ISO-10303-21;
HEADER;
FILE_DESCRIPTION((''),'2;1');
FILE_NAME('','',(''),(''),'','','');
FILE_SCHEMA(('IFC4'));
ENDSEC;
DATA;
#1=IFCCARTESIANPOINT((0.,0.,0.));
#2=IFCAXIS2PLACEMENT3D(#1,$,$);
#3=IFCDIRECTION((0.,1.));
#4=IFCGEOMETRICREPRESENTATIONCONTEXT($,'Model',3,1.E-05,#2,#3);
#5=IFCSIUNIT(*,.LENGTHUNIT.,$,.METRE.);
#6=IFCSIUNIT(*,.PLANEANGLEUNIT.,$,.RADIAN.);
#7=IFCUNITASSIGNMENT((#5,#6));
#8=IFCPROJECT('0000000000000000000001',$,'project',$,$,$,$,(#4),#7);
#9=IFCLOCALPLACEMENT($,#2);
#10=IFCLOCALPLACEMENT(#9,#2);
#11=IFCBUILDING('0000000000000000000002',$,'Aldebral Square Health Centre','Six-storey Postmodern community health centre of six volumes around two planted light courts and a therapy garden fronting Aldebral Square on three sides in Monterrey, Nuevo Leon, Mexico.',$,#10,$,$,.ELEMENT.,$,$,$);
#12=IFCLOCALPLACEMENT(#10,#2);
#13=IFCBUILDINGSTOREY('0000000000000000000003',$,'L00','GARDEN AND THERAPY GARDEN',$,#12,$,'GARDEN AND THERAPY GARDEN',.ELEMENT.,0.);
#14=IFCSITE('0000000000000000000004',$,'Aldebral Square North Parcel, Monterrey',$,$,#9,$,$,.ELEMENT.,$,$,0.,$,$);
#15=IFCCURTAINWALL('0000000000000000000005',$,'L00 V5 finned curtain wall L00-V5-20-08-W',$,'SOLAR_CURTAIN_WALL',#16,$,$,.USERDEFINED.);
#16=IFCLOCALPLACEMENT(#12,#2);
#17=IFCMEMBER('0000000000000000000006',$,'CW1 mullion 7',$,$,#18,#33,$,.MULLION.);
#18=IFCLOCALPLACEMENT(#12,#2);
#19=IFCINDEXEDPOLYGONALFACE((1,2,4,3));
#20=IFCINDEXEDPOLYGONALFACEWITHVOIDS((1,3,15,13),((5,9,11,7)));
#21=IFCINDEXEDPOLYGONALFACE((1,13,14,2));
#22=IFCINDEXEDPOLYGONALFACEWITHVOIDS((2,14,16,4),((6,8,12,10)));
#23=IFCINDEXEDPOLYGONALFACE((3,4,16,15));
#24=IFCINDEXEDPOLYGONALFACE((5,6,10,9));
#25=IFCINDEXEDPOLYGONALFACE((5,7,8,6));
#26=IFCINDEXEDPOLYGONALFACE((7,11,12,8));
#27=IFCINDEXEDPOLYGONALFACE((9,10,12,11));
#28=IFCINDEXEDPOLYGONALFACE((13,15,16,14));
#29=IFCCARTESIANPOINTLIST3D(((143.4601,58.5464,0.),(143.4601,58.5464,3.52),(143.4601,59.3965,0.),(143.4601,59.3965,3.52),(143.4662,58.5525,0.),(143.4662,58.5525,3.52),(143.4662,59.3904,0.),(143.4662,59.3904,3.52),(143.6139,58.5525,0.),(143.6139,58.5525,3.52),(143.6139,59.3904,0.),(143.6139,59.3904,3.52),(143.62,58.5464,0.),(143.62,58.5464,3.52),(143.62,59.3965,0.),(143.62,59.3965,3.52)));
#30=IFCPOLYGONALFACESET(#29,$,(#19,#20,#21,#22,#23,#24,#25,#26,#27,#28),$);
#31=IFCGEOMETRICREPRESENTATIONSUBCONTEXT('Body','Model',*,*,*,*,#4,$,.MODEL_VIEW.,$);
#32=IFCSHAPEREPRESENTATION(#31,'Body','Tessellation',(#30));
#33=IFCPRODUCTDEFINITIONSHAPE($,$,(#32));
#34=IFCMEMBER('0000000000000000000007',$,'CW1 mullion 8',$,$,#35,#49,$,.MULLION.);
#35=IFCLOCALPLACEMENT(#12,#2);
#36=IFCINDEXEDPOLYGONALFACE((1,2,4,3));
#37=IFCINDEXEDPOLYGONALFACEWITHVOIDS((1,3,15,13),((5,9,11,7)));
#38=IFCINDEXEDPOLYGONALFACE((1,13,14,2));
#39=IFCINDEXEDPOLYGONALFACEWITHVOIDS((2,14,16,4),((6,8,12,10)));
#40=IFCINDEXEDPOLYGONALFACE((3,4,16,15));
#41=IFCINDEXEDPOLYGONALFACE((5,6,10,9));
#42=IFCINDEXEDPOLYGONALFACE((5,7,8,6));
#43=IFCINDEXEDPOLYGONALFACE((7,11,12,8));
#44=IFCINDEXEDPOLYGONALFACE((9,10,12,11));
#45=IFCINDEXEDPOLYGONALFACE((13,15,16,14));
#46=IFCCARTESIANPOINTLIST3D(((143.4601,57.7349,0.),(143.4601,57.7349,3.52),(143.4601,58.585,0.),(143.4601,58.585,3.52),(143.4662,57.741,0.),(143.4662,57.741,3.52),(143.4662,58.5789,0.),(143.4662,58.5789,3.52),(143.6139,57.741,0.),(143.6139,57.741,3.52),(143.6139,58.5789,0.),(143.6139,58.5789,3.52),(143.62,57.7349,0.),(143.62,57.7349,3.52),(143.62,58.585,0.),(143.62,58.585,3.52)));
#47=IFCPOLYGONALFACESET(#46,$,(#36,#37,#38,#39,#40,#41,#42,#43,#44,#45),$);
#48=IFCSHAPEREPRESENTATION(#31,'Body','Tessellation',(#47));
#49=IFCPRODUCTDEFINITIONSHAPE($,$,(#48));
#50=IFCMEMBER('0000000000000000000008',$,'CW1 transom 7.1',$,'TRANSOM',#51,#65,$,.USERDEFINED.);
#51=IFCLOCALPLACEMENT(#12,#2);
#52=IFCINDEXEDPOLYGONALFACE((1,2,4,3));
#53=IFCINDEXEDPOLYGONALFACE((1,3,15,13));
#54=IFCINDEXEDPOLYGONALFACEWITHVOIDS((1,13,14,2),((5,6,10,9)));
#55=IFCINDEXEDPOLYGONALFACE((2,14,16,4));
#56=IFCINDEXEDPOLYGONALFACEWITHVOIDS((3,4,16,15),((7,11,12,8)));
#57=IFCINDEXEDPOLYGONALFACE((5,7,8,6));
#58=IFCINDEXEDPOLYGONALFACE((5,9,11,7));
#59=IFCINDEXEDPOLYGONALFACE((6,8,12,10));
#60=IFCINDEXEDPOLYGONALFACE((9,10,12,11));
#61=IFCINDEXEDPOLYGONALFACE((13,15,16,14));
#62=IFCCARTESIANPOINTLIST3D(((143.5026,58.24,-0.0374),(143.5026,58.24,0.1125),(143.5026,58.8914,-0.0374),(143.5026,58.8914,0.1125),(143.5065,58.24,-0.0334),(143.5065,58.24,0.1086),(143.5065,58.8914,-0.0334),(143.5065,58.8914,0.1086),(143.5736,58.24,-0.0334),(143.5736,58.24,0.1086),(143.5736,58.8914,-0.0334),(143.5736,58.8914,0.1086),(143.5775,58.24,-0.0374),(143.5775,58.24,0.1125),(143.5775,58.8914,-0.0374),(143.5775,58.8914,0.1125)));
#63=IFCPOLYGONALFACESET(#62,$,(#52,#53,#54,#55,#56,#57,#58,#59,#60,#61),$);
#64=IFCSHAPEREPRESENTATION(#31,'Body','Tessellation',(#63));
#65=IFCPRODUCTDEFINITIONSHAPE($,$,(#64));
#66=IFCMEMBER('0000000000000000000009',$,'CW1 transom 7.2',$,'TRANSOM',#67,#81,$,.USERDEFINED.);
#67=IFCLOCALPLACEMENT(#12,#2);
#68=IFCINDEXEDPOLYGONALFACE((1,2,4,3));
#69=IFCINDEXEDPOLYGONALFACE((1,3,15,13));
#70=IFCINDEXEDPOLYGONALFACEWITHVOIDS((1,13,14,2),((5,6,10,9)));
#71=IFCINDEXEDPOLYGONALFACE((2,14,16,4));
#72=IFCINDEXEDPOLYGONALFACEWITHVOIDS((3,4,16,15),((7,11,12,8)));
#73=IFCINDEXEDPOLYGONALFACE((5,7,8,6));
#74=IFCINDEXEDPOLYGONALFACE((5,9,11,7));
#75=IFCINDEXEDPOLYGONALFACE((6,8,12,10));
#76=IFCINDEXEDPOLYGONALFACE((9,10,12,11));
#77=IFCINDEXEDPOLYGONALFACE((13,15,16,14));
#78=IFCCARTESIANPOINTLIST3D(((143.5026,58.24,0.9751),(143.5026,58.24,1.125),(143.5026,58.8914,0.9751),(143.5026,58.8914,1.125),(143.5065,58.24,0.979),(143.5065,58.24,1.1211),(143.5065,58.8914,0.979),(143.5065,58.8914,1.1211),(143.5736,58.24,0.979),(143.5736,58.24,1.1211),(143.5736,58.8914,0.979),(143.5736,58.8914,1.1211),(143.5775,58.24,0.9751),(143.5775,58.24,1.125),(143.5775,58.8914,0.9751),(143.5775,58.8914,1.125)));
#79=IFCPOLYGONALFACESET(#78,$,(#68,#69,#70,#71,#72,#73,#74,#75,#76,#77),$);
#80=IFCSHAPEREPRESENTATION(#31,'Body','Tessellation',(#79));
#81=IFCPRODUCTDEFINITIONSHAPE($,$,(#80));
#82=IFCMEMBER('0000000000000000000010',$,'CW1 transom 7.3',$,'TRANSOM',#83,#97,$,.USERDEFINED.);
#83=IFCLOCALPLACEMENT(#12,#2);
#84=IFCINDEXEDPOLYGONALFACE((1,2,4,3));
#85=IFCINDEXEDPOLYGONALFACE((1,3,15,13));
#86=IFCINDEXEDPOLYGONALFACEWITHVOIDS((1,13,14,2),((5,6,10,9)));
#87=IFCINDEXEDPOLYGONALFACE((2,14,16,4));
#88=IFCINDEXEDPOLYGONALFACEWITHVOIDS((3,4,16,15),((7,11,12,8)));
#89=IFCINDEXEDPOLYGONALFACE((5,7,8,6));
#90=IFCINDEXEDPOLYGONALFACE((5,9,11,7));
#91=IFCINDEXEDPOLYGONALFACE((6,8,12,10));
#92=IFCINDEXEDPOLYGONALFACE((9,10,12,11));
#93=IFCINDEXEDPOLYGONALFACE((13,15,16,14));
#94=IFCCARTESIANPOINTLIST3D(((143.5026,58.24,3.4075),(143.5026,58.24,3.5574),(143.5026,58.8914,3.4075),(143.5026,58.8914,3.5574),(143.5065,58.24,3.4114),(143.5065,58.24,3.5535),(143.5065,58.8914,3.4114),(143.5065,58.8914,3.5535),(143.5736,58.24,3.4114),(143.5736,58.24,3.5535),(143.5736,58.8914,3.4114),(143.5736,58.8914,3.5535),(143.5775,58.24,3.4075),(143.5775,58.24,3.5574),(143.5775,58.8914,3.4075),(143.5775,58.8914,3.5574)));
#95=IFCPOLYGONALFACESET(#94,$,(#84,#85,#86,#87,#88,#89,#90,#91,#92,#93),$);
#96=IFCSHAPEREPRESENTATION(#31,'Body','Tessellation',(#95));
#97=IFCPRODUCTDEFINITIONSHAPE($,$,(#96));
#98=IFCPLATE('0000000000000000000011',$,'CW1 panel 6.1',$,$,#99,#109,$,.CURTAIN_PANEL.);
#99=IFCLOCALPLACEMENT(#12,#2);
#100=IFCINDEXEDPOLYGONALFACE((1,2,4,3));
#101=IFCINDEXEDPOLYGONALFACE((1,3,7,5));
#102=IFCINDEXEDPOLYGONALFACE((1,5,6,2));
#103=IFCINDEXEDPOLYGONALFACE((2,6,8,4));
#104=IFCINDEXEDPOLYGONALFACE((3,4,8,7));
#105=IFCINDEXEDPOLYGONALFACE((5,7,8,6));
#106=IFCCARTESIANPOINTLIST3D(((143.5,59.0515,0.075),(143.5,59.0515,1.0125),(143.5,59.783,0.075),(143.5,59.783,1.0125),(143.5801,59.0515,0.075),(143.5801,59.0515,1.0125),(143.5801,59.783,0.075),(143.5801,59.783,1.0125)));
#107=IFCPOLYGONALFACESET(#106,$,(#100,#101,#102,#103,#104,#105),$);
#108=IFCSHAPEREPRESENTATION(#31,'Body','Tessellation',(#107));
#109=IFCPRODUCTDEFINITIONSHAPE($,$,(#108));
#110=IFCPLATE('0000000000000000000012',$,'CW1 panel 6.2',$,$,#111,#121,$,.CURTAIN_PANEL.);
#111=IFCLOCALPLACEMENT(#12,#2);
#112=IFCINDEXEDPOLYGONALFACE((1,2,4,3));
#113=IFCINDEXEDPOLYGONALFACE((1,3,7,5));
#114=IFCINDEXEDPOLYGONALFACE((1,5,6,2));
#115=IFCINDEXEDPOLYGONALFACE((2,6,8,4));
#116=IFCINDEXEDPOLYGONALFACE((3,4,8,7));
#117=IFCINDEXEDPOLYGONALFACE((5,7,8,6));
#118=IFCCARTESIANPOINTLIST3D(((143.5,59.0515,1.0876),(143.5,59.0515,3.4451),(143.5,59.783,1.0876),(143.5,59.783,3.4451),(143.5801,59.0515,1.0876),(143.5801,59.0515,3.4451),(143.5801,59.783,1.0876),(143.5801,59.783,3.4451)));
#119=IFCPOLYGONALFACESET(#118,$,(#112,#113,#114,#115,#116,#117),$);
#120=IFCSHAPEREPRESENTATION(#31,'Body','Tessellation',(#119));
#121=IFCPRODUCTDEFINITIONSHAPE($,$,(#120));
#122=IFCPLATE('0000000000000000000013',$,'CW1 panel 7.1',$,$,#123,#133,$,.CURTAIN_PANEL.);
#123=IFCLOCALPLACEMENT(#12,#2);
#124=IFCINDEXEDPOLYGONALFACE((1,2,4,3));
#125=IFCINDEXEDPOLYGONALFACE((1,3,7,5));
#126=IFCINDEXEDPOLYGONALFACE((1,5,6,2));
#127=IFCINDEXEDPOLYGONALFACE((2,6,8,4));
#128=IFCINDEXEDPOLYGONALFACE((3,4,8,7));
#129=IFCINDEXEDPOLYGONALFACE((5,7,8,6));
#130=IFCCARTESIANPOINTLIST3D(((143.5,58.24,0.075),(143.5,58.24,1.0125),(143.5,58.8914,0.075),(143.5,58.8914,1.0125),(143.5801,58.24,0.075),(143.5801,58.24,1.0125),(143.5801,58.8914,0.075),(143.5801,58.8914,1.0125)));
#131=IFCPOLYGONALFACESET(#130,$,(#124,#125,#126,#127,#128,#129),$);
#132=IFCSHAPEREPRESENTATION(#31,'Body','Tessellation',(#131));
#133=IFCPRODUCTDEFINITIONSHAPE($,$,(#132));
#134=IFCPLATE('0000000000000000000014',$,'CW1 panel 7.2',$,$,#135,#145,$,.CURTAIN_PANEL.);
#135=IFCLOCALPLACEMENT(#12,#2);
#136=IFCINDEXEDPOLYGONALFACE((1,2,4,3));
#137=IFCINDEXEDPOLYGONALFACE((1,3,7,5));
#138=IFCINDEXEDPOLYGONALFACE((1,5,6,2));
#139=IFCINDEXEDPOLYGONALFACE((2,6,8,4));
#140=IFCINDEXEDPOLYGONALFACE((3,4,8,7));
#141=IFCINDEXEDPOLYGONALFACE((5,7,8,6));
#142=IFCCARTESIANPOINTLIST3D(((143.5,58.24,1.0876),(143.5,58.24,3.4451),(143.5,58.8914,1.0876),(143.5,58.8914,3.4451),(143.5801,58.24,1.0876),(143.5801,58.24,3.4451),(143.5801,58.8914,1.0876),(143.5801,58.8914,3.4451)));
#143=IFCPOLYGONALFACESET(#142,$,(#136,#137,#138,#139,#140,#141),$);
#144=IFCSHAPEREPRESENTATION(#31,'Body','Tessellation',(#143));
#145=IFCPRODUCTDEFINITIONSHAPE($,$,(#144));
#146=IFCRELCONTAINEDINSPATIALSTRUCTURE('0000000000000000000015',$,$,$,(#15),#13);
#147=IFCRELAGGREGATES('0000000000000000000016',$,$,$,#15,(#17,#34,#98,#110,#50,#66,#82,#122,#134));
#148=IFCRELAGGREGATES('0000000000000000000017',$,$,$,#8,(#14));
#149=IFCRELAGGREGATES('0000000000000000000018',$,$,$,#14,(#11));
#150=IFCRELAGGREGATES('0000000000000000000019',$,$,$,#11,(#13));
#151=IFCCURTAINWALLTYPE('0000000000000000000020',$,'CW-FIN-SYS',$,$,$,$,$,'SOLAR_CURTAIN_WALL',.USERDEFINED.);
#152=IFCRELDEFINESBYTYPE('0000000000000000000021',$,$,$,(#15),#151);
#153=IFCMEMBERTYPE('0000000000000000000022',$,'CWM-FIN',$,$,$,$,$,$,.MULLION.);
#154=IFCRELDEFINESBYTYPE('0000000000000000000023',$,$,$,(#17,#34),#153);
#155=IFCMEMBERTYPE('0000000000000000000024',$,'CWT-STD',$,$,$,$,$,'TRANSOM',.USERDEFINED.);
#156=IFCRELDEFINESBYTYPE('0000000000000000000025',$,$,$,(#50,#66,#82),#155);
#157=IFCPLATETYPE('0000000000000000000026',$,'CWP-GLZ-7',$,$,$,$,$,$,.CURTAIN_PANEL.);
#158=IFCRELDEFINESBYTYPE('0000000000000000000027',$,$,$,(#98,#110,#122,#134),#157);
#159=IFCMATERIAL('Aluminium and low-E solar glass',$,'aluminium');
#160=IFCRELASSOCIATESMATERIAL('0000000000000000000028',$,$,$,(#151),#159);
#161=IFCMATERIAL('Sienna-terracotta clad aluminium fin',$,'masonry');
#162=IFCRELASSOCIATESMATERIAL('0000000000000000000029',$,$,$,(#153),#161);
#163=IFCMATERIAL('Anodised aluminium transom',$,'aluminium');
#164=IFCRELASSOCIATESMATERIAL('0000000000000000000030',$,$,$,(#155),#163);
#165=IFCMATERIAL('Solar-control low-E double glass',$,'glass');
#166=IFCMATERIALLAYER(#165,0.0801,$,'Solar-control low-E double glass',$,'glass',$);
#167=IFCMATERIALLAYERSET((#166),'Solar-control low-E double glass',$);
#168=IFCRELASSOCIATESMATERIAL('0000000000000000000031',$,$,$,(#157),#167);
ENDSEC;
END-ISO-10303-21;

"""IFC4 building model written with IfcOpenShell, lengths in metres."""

from ifc_helpers import new_model, si_unit, direction, frame, origin, origin_2d, place, context, subcontext, project, spatial, rectangle, hollow_rectangle, extrude, material, layer, layer_set, material_profile, profile_set, type_object, element, aggregate, save


model = new_model("IFC4")

# Units and contexts
model_context = context("Model", 3, precision=1e-05, world=origin(), true_north=direction((0.0, 1.0)))
body_context = subcontext(model_context, "Body", "Model", "MODEL_VIEW")
ifc_project = project(units=[si_unit("LENGTHUNIT", "METRE"), si_unit("PLANEANGLEUNIT", "RADIAN")], contexts=[model_context])

# Site, building, storey
site_placement = place(None, origin())
site = spatial("IfcSite", under=ifc_project, at=site_placement, Name="Aldebral Square North Parcel, Monterrey", CompositionType="ELEMENT", RefElevation=0.0)
building_placement = place(site_placement, origin())
building = spatial("IfcBuilding", under=site, at=building_placement, Name="Aldebral Square Health Centre", Description="Six-storey Postmodern community health centre of six volumes around two planted light courts and a therapy garden fronting Aldebral Square on three sides in Monterrey, Nuevo Leon, Mexico.", CompositionType="ELEMENT")
storey_placement = place(building_placement, origin())
storey = spatial("IfcBuildingStorey", under=building, at=storey_placement, Name="L00", Description="GARDEN AND THERAPY GARDEN", LongName="GARDEN AND THERAPY GARDEN", CompositionType="ELEMENT", Elevation=0.0)

# Curtain wall, members, plates
ifc_material_1 = material(Name="Aluminium and low-E solar glass", Category="aluminium")
curtain_wall_type = type_object("IfcCurtainWallType", Name="CW-FIN-SYS", ElementType="SOLAR_CURTAIN_WALL", PredefinedType="USERDEFINED", material=ifc_material_1)
curtain_wall_placement = place(storey_placement, origin())
curtain_wall = element("IfcCurtainWall", 1, at=curtain_wall_placement, inside=storey, type_object=curtain_wall_type, Name="L00 V5 finned curtain wall L00-V5-20-08-W", ObjectType="SOLAR_CURTAIN_WALL", PredefinedType="USERDEFINED")
ifc_material_2 = material(Name="Sienna-terracotta clad aluminium fin", Category="masonry")
ifc_material_profile_1 = material_profile(ifc_material_2, hollow_rectangle(XDim=0.1599, YDim=0.8501, WallThickness=0.0061, at=origin_2d()), Name="FIN 160x850x6")
ifc_profile_set_1 = profile_set([ifc_material_profile_1], Name="Sienna-terracotta clad aluminium fin")
member_type_1 = type_object("IfcMemberType", Name="CWM-FIN", PredefinedType="MULLION", material=ifc_profile_set_1)
member_1_placement = place(storey_placement, frame((143.54, 58.9714, 0.0), z_axis=(0.0, 0.0, 1.0), x_axis=(1.0, 0.0, 0.0)))
member_1 = element("IfcMember", 2, at=member_1_placement, type_object=member_type_1, Name="CW1 mullion 7", PredefinedType="MULLION", context=body_context, shape_type="SweptSolid", body=[
    extrude(hollow_rectangle(XDim=0.1599, YDim=0.8501, WallThickness=0.0061, at=origin_2d()), origin(), (0.0, 0.0, 1.0), 3.52),
])
member_2_placement = place(storey_placement, frame((143.54, 58.1599, 0.0), z_axis=(0.0, 0.0, 1.0), x_axis=(1.0, 0.0, 0.0)))
member_2 = element("IfcMember", 3, at=member_2_placement, type_object=member_type_1, Name="CW1 mullion 8", PredefinedType="MULLION", context=body_context, shape_type="SweptSolid", body=[
    extrude(hollow_rectangle(XDim=0.1599, YDim=0.8501, WallThickness=0.0061, at=origin_2d()), origin(), (0.0, 0.0, 1.0), 3.52),
])
ifc_material_3 = material(Name="Anodised aluminium transom", Category="aluminium")
ifc_material_profile_2 = material_profile(ifc_material_3, hollow_rectangle(XDim=0.075, YDim=0.1499, WallThickness=0.0039, at=origin_2d()), Name="CWT 75x150x4")
ifc_profile_set_2 = profile_set([ifc_material_profile_2], Name="Anodised aluminium transom")
member_type_2 = type_object("IfcMemberType", Name="CWT-STD", ElementType="TRANSOM", PredefinedType="USERDEFINED", material=ifc_profile_set_2)
member_3_placement = place(storey_placement, frame((143.54, 58.8914, 0.0376), z_axis=(0.0, -1.0, 0.0), x_axis=(1.0, 0.0, 0.0)))
member_3 = element("IfcMember", 4, at=member_3_placement, type_object=member_type_2, Name="CW1 transom 7.1", ObjectType="TRANSOM", PredefinedType="USERDEFINED", context=body_context, shape_type="SweptSolid", body=[
    extrude(hollow_rectangle(XDim=0.075, YDim=0.1499, WallThickness=0.0039, at=origin_2d()), origin(), (0.0, 0.0, 1.0), 0.6514),
])
member_4_placement = place(storey_placement, frame((143.54, 58.8914, 1.05), z_axis=(0.0, -1.0, 0.0), x_axis=(1.0, 0.0, 0.0)))
member_4 = element("IfcMember", 5, at=member_4_placement, type_object=member_type_2, Name="CW1 transom 7.2", ObjectType="TRANSOM", PredefinedType="USERDEFINED", context=body_context, shape_type="SweptSolid", body=[
    extrude(hollow_rectangle(XDim=0.075, YDim=0.1499, WallThickness=0.0039, at=origin_2d()), origin(), (0.0, 0.0, 1.0), 0.6514),
])
member_5_placement = place(storey_placement, frame((143.54, 58.8914, 3.4824), z_axis=(0.0, -1.0, 0.0), x_axis=(1.0, 0.0, 0.0)))
member_5 = element("IfcMember", 6, at=member_5_placement, type_object=member_type_2, Name="CW1 transom 7.3", ObjectType="TRANSOM", PredefinedType="USERDEFINED", context=body_context, shape_type="SweptSolid", body=[
    extrude(hollow_rectangle(XDim=0.075, YDim=0.1499, WallThickness=0.0039, at=origin_2d()), origin(), (0.0, 0.0, 1.0), 0.6514),
])
ifc_material_4 = material(Name="Solar-control low-E double glass", Category="glass")
ifc_layer_1 = layer(ifc_material_4, 0.0801, Name="Solar-control low-E double glass", Category="glass")
ifc_layer_set_1 = layer_set([ifc_layer_1], Name="Solar-control low-E double glass")
plate_type = type_object("IfcPlateType", Name="CWP-GLZ-7", PredefinedType="CURTAIN_PANEL", material=ifc_layer_set_1)
plate_1_placement = place(storey_placement, frame((143.54, 59.4172, 0.075), z_axis=(0.0, 0.0, 1.0), x_axis=(0.0, -1.0, 0.0)))
plate_1 = element("IfcPlate", 7, at=plate_1_placement, type_object=plate_type, Name="CW1 panel 6.1", PredefinedType="CURTAIN_PANEL", context=body_context, shape_type="SweptSolid", body=[
    extrude(rectangle(XDim=0.7314, YDim=0.0801, at=origin_2d()), origin(), (0.0, 0.0, 1.0), 0.9375),
])
plate_2_placement = place(storey_placement, frame((143.54, 59.4172, 1.0876), z_axis=(0.0, 0.0, 1.0), x_axis=(0.0, -1.0, 0.0)))
plate_2 = element("IfcPlate", 8, at=plate_2_placement, type_object=plate_type, Name="CW1 panel 6.2", PredefinedType="CURTAIN_PANEL", context=body_context, shape_type="SweptSolid", body=[
    extrude(rectangle(XDim=0.7314, YDim=0.0801, at=origin_2d()), origin(), (0.0, 0.0, 1.0), 2.3574),
])
plate_3_placement = place(storey_placement, frame((143.54, 58.5657, 0.075), z_axis=(0.0, 0.0, 1.0), x_axis=(0.0, -1.0, 0.0)))
plate_3 = element("IfcPlate", 9, at=plate_3_placement, type_object=plate_type, Name="CW1 panel 7.1", PredefinedType="CURTAIN_PANEL", context=body_context, shape_type="SweptSolid", body=[
    extrude(rectangle(XDim=0.6514, YDim=0.0801, at=origin_2d()), origin(), (0.0, 0.0, 1.0), 0.9375),
])
plate_4_placement = place(storey_placement, frame((143.54, 58.5657, 1.0876), z_axis=(0.0, 0.0, 1.0), x_axis=(0.0, -1.0, 0.0)))
plate_4 = element("IfcPlate", 10, at=plate_4_placement, type_object=plate_type, Name="CW1 panel 7.2", PredefinedType="CURTAIN_PANEL", context=body_context, shape_type="SweptSolid", body=[
    extrude(rectangle(XDim=0.6514, YDim=0.0801, at=origin_2d()), origin(), (0.0, 0.0, 1.0), 2.3574),
])
aggregate(curtain_wall, [member_1, member_2, plate_1, plate_2, member_3, member_4, member_5, plate_3, plate_4])

save(model, "model.ifc")
